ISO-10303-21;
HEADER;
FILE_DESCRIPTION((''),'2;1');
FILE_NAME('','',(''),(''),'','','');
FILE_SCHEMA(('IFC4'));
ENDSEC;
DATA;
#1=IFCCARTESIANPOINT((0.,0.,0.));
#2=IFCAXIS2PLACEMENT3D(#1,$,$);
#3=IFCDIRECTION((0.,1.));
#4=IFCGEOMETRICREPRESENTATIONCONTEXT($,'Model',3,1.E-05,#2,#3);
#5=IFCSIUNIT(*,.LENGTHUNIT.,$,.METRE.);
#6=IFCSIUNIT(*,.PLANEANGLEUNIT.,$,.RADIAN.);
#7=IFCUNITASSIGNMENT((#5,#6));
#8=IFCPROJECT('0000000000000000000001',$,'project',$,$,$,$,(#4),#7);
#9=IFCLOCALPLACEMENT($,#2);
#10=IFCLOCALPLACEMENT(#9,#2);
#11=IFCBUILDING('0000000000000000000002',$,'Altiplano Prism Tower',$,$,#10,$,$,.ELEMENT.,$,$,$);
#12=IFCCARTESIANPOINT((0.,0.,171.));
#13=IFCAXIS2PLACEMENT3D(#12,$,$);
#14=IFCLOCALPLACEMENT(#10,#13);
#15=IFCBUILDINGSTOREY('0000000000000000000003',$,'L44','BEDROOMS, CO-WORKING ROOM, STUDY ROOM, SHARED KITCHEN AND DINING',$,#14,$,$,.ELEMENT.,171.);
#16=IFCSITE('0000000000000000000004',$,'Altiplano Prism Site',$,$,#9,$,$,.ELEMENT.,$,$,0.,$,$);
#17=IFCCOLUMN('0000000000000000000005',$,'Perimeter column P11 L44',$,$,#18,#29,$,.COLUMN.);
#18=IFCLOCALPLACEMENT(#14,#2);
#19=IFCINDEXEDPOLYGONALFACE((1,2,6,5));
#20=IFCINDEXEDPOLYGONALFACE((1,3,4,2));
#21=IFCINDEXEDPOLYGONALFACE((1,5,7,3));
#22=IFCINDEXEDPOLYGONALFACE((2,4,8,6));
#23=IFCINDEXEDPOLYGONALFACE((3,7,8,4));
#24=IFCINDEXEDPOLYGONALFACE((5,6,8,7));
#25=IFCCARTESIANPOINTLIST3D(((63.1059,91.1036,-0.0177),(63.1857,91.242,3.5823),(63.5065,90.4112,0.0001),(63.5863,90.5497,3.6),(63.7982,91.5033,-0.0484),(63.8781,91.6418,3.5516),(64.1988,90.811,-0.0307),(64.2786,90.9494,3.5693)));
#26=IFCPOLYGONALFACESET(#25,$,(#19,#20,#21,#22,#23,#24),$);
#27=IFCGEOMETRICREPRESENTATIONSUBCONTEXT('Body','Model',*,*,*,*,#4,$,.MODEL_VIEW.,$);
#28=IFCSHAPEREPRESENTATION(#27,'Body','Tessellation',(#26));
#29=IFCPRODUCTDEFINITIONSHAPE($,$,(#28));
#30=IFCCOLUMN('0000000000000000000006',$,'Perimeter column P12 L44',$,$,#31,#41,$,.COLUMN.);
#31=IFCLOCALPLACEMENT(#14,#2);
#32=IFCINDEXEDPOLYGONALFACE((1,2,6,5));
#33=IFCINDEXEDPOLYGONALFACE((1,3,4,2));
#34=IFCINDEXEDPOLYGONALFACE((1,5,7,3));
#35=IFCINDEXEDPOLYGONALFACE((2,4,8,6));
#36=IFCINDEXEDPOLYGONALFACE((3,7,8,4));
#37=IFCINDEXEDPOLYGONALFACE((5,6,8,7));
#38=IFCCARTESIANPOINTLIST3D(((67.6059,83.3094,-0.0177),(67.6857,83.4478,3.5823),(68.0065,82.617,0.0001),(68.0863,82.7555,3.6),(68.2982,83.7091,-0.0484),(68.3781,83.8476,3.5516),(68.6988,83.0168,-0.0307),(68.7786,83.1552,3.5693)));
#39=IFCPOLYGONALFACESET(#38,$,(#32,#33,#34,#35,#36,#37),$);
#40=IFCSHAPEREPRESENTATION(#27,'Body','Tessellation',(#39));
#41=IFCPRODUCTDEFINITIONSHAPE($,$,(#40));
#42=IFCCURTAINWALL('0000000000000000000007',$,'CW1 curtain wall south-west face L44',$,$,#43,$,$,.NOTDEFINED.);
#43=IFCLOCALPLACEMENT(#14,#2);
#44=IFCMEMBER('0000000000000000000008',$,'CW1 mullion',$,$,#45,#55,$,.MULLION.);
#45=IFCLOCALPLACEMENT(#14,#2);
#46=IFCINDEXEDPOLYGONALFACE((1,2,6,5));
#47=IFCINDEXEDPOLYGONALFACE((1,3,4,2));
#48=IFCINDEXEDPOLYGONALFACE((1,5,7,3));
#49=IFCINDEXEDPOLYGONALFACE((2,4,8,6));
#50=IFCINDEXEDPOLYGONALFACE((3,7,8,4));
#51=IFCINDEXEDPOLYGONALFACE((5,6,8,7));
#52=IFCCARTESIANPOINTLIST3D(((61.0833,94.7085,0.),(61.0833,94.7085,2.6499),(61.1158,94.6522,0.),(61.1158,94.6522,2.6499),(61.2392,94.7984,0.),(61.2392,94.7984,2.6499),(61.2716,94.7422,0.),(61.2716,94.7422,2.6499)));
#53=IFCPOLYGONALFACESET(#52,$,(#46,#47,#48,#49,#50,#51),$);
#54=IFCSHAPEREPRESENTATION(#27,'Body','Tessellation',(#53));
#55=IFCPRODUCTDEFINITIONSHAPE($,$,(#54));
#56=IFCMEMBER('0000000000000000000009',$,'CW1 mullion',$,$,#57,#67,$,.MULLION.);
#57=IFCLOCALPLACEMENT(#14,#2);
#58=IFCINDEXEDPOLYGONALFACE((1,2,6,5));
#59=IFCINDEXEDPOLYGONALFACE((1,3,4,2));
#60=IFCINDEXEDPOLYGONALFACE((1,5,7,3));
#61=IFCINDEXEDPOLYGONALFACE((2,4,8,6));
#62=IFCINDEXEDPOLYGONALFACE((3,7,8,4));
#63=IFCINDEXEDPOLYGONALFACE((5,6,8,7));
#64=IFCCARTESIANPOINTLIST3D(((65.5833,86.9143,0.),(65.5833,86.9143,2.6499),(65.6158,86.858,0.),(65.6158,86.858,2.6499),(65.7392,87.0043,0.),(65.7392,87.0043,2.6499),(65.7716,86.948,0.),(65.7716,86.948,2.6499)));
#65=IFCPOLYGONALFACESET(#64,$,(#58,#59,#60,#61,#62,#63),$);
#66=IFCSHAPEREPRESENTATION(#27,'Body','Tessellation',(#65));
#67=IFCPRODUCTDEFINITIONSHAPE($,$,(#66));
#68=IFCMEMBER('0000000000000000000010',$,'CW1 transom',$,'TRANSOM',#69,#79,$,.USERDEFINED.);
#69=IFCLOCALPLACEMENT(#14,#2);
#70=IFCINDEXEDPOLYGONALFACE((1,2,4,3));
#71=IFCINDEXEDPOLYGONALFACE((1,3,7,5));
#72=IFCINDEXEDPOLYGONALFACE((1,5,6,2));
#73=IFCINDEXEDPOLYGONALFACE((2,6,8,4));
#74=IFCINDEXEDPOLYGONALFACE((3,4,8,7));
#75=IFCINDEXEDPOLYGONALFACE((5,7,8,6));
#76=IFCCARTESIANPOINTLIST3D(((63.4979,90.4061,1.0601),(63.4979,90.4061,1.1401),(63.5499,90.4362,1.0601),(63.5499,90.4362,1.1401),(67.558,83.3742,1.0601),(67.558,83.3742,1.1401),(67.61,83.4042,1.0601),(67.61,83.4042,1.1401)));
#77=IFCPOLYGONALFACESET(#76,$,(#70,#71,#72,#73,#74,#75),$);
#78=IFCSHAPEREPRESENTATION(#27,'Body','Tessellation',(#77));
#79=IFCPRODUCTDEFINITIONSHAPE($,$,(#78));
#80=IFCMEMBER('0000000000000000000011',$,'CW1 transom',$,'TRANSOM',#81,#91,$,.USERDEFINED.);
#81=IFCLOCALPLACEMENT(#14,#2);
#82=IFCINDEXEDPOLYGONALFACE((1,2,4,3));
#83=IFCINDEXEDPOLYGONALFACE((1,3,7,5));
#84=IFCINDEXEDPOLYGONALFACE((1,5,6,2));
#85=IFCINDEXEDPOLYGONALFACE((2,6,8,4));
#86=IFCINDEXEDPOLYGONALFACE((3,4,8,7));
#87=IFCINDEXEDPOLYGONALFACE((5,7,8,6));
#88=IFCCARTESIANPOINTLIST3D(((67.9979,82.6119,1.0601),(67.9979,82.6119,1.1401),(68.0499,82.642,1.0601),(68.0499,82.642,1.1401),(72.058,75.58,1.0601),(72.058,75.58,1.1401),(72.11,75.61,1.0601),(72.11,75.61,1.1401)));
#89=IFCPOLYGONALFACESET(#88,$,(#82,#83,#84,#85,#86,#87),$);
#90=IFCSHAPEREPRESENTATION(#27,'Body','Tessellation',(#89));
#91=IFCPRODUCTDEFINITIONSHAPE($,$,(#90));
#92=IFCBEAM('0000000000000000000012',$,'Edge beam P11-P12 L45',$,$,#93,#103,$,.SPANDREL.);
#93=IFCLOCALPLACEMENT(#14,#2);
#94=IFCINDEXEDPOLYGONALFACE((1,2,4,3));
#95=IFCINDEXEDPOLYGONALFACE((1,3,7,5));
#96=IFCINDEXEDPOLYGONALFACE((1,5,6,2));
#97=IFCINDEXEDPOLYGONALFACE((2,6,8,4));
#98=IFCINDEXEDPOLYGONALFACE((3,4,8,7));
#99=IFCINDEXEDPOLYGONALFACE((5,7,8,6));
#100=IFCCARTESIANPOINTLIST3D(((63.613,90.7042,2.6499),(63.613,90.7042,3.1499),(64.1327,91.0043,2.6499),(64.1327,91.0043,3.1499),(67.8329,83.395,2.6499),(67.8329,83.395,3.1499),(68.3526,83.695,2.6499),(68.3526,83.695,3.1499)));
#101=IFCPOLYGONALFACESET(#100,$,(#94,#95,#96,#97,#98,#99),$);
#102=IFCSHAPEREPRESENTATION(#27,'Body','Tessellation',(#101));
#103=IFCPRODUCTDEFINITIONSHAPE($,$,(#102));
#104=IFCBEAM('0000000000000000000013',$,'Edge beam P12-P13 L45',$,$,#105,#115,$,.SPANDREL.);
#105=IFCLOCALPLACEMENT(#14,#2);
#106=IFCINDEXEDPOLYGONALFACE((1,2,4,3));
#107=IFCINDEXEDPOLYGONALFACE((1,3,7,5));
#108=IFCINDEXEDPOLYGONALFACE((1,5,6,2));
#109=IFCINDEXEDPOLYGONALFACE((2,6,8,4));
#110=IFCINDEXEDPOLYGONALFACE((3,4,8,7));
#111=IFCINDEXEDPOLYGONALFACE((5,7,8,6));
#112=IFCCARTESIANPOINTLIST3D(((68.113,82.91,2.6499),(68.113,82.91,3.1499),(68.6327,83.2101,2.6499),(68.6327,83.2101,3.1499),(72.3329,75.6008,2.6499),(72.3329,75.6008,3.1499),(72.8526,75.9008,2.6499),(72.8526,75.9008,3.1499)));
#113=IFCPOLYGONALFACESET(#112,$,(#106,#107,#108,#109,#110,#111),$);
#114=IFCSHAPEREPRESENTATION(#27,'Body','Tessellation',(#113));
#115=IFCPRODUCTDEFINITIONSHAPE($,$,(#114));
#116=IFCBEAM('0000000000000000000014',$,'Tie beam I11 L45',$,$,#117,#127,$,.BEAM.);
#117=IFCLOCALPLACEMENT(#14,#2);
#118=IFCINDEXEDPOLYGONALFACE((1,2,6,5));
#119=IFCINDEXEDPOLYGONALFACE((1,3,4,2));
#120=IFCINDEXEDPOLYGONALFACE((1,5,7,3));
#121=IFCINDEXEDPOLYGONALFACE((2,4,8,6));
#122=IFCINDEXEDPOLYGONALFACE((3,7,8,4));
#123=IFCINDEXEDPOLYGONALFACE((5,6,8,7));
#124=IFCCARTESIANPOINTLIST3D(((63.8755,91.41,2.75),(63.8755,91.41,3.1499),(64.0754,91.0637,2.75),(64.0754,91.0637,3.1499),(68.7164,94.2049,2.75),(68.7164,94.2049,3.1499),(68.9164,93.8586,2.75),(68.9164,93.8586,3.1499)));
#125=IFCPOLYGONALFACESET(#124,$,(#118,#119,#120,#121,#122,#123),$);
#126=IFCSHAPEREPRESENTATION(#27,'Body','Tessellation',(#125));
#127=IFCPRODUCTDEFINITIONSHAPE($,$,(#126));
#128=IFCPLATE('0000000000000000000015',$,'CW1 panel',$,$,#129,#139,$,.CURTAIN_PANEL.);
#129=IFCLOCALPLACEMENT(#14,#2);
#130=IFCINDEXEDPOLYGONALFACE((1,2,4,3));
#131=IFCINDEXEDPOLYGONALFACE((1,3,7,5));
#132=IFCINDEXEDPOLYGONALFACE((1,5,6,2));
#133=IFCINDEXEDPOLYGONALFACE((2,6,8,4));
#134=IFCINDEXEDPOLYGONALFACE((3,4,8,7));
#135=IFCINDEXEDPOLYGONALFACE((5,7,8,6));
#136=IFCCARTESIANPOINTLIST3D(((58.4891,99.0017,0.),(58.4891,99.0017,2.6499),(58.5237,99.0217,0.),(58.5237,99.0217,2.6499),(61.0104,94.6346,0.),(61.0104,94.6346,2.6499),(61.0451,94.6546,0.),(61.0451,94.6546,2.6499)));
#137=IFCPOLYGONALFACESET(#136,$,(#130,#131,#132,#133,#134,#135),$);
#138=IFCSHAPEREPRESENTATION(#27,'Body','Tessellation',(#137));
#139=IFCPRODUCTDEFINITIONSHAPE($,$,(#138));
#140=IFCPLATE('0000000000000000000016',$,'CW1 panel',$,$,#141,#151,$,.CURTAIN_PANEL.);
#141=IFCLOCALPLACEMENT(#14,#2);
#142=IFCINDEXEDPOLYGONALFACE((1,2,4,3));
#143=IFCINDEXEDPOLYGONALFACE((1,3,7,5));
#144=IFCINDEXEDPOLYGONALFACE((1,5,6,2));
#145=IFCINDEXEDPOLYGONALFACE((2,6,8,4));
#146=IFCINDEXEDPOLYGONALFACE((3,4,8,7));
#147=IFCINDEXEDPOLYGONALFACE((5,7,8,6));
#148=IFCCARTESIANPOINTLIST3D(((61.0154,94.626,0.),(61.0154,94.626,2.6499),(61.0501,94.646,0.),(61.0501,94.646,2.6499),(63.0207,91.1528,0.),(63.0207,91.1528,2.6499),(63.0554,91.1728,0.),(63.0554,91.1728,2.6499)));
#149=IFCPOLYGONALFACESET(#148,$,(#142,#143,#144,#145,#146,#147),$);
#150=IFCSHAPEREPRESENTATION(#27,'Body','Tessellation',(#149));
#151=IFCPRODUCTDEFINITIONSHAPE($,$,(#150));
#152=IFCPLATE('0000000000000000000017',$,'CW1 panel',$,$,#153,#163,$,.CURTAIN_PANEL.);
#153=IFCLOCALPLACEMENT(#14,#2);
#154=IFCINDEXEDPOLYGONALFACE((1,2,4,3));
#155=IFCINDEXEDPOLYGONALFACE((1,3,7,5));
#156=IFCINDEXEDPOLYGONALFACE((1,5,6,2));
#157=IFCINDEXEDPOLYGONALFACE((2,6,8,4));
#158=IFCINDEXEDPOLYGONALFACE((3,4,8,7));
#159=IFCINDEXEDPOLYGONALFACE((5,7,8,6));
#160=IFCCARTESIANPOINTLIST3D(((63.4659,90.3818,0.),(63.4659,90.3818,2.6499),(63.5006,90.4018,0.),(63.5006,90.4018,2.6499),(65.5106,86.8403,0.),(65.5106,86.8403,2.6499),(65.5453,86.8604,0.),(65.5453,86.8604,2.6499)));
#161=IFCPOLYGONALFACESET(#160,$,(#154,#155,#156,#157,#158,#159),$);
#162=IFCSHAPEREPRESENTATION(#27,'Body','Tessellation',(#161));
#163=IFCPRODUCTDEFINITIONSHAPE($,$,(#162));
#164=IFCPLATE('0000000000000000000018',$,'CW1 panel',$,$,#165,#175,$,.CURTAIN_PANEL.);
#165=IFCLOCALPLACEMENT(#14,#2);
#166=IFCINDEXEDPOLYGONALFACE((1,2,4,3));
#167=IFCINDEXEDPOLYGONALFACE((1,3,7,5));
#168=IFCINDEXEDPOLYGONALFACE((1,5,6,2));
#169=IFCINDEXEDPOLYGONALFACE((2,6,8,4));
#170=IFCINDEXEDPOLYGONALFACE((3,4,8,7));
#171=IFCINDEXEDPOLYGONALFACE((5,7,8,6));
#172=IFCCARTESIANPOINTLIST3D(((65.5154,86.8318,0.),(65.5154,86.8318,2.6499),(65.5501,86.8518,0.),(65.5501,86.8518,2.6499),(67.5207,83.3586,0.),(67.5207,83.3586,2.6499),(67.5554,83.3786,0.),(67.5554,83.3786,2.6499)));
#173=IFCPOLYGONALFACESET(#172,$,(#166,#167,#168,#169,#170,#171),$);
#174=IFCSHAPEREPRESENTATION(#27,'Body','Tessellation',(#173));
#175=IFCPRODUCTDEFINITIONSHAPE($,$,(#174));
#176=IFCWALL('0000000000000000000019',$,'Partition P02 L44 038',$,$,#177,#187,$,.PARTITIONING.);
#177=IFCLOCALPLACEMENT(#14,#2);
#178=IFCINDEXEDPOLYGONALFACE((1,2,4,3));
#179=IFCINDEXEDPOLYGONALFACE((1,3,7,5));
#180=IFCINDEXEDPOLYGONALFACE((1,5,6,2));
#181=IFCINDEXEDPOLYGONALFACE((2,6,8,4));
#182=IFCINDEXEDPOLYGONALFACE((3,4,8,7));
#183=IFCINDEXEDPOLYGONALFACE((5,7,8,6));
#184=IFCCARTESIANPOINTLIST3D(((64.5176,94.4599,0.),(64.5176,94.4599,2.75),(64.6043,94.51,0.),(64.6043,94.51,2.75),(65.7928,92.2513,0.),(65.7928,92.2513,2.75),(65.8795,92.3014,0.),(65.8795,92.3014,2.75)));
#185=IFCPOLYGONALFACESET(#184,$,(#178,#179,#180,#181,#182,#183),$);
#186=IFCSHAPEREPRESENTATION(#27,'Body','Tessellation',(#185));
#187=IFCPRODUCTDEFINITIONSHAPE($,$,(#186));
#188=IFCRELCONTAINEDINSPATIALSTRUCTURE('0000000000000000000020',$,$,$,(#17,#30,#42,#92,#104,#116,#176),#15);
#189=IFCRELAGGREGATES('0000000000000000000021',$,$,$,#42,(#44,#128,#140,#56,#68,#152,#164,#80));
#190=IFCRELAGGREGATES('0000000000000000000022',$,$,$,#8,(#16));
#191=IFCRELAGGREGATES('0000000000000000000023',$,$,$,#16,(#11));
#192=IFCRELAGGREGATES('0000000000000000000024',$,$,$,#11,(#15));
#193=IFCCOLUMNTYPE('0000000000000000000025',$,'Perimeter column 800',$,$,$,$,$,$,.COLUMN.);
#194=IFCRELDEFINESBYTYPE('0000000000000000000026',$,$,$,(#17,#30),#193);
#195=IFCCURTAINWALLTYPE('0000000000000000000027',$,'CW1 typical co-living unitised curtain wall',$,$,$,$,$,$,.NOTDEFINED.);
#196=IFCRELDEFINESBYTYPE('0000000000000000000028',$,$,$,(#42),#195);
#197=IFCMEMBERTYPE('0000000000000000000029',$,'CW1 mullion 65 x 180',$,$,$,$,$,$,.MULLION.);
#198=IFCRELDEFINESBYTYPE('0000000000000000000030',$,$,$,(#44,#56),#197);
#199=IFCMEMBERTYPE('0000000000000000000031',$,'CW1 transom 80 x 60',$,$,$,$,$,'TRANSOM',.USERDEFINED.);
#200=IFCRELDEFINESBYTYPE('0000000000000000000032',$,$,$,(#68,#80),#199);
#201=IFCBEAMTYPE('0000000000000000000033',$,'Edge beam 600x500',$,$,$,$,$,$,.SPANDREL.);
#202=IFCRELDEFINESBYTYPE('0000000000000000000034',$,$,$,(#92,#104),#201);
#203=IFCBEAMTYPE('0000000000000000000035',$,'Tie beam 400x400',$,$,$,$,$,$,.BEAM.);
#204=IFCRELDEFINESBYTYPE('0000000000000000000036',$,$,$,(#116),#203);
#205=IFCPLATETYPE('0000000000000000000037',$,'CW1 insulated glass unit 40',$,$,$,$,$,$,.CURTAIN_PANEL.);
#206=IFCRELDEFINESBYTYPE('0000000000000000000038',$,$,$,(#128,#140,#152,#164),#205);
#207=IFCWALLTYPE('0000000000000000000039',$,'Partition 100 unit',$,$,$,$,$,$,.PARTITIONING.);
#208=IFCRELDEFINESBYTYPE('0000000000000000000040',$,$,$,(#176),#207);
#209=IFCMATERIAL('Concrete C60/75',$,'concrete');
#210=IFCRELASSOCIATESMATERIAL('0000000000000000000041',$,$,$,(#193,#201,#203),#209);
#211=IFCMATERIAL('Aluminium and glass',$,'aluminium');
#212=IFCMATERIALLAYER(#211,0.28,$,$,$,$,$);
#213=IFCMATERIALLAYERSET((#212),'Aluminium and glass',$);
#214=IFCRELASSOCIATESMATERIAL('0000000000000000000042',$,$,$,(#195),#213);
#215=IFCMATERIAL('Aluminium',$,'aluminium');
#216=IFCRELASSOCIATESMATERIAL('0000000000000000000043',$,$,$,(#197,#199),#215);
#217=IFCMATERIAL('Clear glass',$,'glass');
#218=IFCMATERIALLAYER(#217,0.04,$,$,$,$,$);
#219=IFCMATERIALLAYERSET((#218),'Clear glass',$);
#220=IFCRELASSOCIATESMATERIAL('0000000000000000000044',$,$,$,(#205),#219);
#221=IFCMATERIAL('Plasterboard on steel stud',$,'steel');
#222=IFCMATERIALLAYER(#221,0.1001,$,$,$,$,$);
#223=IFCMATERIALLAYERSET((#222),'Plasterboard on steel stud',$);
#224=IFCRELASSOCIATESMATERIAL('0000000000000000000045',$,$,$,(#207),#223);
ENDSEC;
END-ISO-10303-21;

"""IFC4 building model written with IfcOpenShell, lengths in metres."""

from ifc_helpers import new_model, si_unit, direction, frame, frame_2d, origin, origin_2d, place, context, subcontext, project, spatial, rectangle, extrude, material, layer, layer_set, material_profile, profile_set, type_object, element, aggregate, save


model = new_model("IFC4")

# Units and contexts
model_context = context("Model", 3, precision=1e-05, world=origin(), true_north=direction((0.0, 1.0)))
body_context = subcontext(model_context, "Body", "Model", "MODEL_VIEW")
ifc_project = project(units=[si_unit("LENGTHUNIT", "METRE"), si_unit("PLANEANGLEUNIT", "RADIAN")], contexts=[model_context])

# Site, building, storey
site_placement = place(None, origin())
site = spatial("IfcSite", under=ifc_project, at=site_placement, Name="Altiplano Prism Site", CompositionType="ELEMENT", RefElevation=0.0)
building_placement = place(site_placement, origin())
building = spatial("IfcBuilding", under=site, at=building_placement, Name="Altiplano Prism Tower", CompositionType="ELEMENT")
storey_placement = place(building_placement, frame((0.0, 0.0, 171.0)))
storey = spatial("IfcBuildingStorey", under=building, at=storey_placement, Name="L44", Description="BEDROOMS, CO-WORKING ROOM, STUDY ROOM, SHARED KITCHEN AND DINING", CompositionType="ELEMENT", Elevation=171.0)

# Columns
ifc_material_1 = material(Name="Concrete C60/75", Category="concrete")
ifc_material_profile_1 = material_profile(ifc_material_1, rectangle(XDim=0.8, YDim=0.8, at=origin_2d()), Name="Perimeter column 800")
ifc_profile_set_1 = profile_set([ifc_material_profile_1], Name="Concrete C60/75")
column_type = type_object("IfcColumnType", Name="Perimeter column 800", PredefinedType="COLUMN", material=ifc_profile_set_1)
for number, where, z_axis, x_axis, name in (
    (1, (63.6523, 90.9573, -0.0242), (0.022155, 0.038416, 0.999016), (-0.865362, -0.499674, 0.038405), "Perimeter column P11 L44"),
    (2, (68.1523, 83.1631, -0.0242), (0.022155, 0.038416, 0.999016), (-0.865362, -0.499674, 0.038405), "Perimeter column P12 L44"),
):
    element("IfcColumn", number, at=place(storey_placement, frame(where, z_axis=z_axis, x_axis=x_axis)), inside=storey, type_object=column_type, Name=name, PredefinedType="COLUMN", context=body_context, shape_type="SweptSolid", body=[
        extrude(rectangle(XDim=0.8, YDim=0.8, at=origin_2d()), origin(), (0.0, 0.0, 1.0), 3.6035),
    ])

# Curtain wall, members
ifc_material_2 = material(Name="Aluminium and glass", Category="aluminium")
ifc_layer_1 = layer(ifc_material_2, 0.28)
ifc_layer_set_1 = layer_set([ifc_layer_1], Name="Aluminium and glass")
curtain_wall_type = type_object("IfcCurtainWallType", Name="CW1 typical co-living unitised curtain wall", PredefinedType="NOTDEFINED", material=ifc_layer_set_1)
curtain_wall_placement = place(storey_placement, origin())
curtain_wall = element("IfcCurtainWall", 3, at=curtain_wall_placement, inside=storey, type_object=curtain_wall_type, Name="CW1 curtain wall south-west face L44", PredefinedType="NOTDEFINED")
ifc_material_3 = material(Name="Aluminium", Category="aluminium")
ifc_material_profile_2 = material_profile(ifc_material_3, rectangle(XDim=0.1799, YDim=0.0649, at=origin_2d()), Name="CW1 mullion 65 x 180")
ifc_profile_set_2 = profile_set([ifc_material_profile_2], Name="Aluminium")
member_type_1 = type_object("IfcMemberType", Name="CW1 mullion 65 x 180", PredefinedType="MULLION", material=ifc_profile_set_2)
member_1_placement = place(storey_placement, frame((61.1775, 94.7253, 0.0), z_axis=(0.0, 0.0, 1.0), x_axis=(0.866025, 0.5, 0.0)))
member_1 = element("IfcMember", 4, at=member_1_placement, type_object=member_type_1, Name="CW1 mullion", PredefinedType="MULLION", context=body_context, shape_type="SweptSolid", body=[
    extrude(rectangle(XDim=0.1799, YDim=0.0649, at=origin_2d()), origin(), (0.0, 0.0, 1.0), 2.6499),
])
member_2_placement = place(storey_placement, frame((65.6775, 86.9312, 0.0), z_axis=(0.0, 0.0, 1.0), x_axis=(0.866025, 0.5, 0.0)))
member_2 = element("IfcMember", 5, at=member_2_placement, type_object=member_type_1, Name="CW1 mullion", PredefinedType="MULLION", context=body_context, shape_type="SweptSolid", body=[
    extrude(rectangle(XDim=0.1799, YDim=0.0649, at=origin_2d()), origin(), (0.0, 0.0, 1.0), 2.6499),
])
ifc_material_profile_3 = material_profile(ifc_material_3, rectangle(XDim=0.0601, YDim=0.0801, at=origin_2d()), Name="CW1 transom 80 x 60")
ifc_profile_set_3 = profile_set([ifc_material_profile_3], Name="Aluminium")
member_type_2 = type_object("IfcMemberType", Name="CW1 transom 80 x 60", ElementType="TRANSOM", PredefinedType="USERDEFINED", material=ifc_profile_set_3)
member_3_placement = place(storey_placement, frame((63.5239, 90.4211, 1.1001), z_axis=(0.500013, -0.866018, 0.0), x_axis=(0.866018, 0.500013, 0.0)))
member_3 = element("IfcMember", 6, at=member_3_placement, type_object=member_type_2, Name="CW1 transom", ObjectType="TRANSOM", PredefinedType="USERDEFINED", context=body_context, shape_type="SweptSolid", body=[
    extrude(rectangle(XDim=0.0601, YDim=0.0801, at=origin_2d()), origin(), (0.0, 0.0, 1.0), 8.1199),
])
member_4_placement = place(storey_placement, frame((68.0239, 82.627, 1.1001), z_axis=(0.500013, -0.866018, 0.0), x_axis=(0.866018, 0.500013, 0.0)))
member_4 = element("IfcMember", 7, at=member_4_placement, type_object=member_type_2, Name="CW1 transom", ObjectType="TRANSOM", PredefinedType="USERDEFINED", context=body_context, shape_type="SweptSolid", body=[
    extrude(rectangle(XDim=0.0601, YDim=0.0801, at=origin_2d()), origin(), (0.0, 0.0, 1.0), 8.1199),
])

# Beams
ifc_material_profile_4 = material_profile(ifc_material_1, rectangle(XDim=0.6001, YDim=0.5, at=origin_2d()), Name="Edge beam 600x500")
ifc_profile_set_4 = profile_set([ifc_material_profile_4], Name="Concrete C60/75")
beam_type_1 = type_object("IfcBeamType", Name="Edge beam 600x500", PredefinedType="SPANDREL", material=ifc_profile_set_4)
for number, where, z_axis, x_axis, name in (
    (8, (63.8728, 90.8542, 2.8999), (0.499994, -0.866029, 0.0), (0.866029, 0.499994, 0.0), "Edge beam P11-P12 L45"),
    (9, (68.3728, 83.0601, 2.8999), (0.499994, -0.866029, 0.0), (0.866029, 0.499994, 0.0), "Edge beam P12-P13 L45"),
):
    element("IfcBeam", number, at=place(storey_placement, frame(where, z_axis=z_axis, x_axis=x_axis)), inside=storey, type_object=beam_type_1, Name=name, PredefinedType="SPANDREL", context=body_context, shape_type="SweptSolid", body=[
        extrude(rectangle(XDim=0.6001, YDim=0.5, at=origin_2d()), origin(), (0.0, 0.0, 1.0), 8.4399),
    ])
ifc_material_profile_5 = material_profile(ifc_material_1, rectangle(XDim=0.3999, YDim=0.3999, at=origin_2d()), Name="Tie beam 400x400")
ifc_profile_set_5 = profile_set([ifc_material_profile_5], Name="Concrete C60/75")
beam_type_2 = type_object("IfcBeamType", Name="Tie beam 400x400", PredefinedType="BEAM", material=ifc_profile_set_5)
beam_placement = place(storey_placement, frame((68.8164, 94.0317, 2.95), z_axis=(-0.866031, -0.499991, 0.0), x_axis=(0.499991, -0.866031, 0.0)))
element("IfcBeam", 10, at=beam_placement, inside=storey, type_object=beam_type_2, Name="Tie beam I11 L45", PredefinedType="BEAM", context=body_context, shape_type="SweptSolid", body=[
    extrude(rectangle(XDim=0.3999, YDim=0.3999, at=origin_2d()), origin(), (0.0, 0.0, 1.0), 5.5898),
])

# Plates
ifc_material_4 = material(Name="Clear glass", Category="glass")
ifc_layer_2 = layer(ifc_material_4, 0.04)
ifc_layer_set_2 = layer_set([ifc_layer_2], Name="Clear glass")
plate_type = type_object("IfcPlateType", Name="CW1 insulated glass unit 40", PredefinedType="CURTAIN_PANEL", material=ifc_layer_set_2)
plate_1_placement = place(storey_placement, frame((59.7671, 96.8281, 0.0), z_axis=(0.0, 0.0, 1.0), x_axis=(0.5, -0.866025, 0.0)))
plate_1 = element("IfcPlate", 11, at=plate_1_placement, type_object=plate_type, Name="CW1 panel", PredefinedType="CURTAIN_PANEL", context=body_context, shape_type="SweptSolid", body=[
    extrude(rectangle(XDim=5.0427, YDim=0.04, at=origin_2d()), origin(), (0.0, 0.0, 1.0), 2.6499),
])
plate_2_placement = place(storey_placement, frame((62.0354, 92.8994, 0.0), z_axis=(0.0, 0.0, 1.0), x_axis=(0.5, -0.866025, 0.0)))
plate_2 = element("IfcPlate", 12, at=plate_2_placement, type_object=plate_type, Name="CW1 panel", PredefinedType="CURTAIN_PANEL", context=body_context, shape_type="SweptSolid", body=[
    extrude(rectangle(XDim=4.0105, YDim=0.04, at=origin_2d()), origin(), (0.0, 0.0, 1.0), 2.6499),
])
plate_3_placement = place(storey_placement, frame((64.5056, 88.6211, 0.0), z_axis=(0.0, 0.0, 1.0), x_axis=(0.5, -0.866025, 0.0)))
plate_3 = element("IfcPlate", 13, at=plate_3_placement, type_object=plate_type, Name="CW1 panel", PredefinedType="CURTAIN_PANEL", context=body_context, shape_type="SweptSolid", body=[
    extrude(rectangle(XDim=4.0894, YDim=0.04, at=origin_2d()), origin(), (0.0, 0.0, 1.0), 2.6499),
])
plate_4_placement = place(storey_placement, frame((66.5354, 85.1052, 0.0), z_axis=(0.0, 0.0, 1.0), x_axis=(0.5, -0.866025, 0.0)))
plate_4 = element("IfcPlate", 14, at=plate_4_placement, type_object=plate_type, Name="CW1 panel", PredefinedType="CURTAIN_PANEL", context=body_context, shape_type="SweptSolid", body=[
    extrude(rectangle(XDim=4.0105, YDim=0.04, at=origin_2d()), origin(), (0.0, 0.0, 1.0), 2.6499),
])
aggregate(curtain_wall, [member_1, plate_1, plate_2, member_2, member_3, plate_3, plate_4, member_4])

# Wall
ifc_material_5 = material(Name="Plasterboard on steel stud", Category="steel")
ifc_layer_3 = layer(ifc_material_5, 0.1001)
ifc_layer_set_3 = layer_set([ifc_layer_3], Name="Plasterboard on steel stud")
wall_type_1 = type_object("IfcWallType", Name="Partition 100 unit", PredefinedType="PARTITIONING", material=ifc_layer_set_3)
wall_1_placement = place(storey_placement, frame((65.8362, 92.2764, 0.0), z_axis=(0.0, 0.0, 1.0), x_axis=(-0.500021, 0.866013, 0.0)))
element("IfcWall", 15, at=wall_1_placement, inside=storey, type_object=wall_type_1, Name="Partition P02 L44 038", PredefinedType="PARTITIONING", context=body_context, shape_type="SweptSolid", body=[
    extrude(rectangle(XDim=2.5503, YDim=0.1001, at=frame_2d((1.2751, 0.0))), origin(), (0.0, 0.0, 1.0), 2.75),
])

save(model, "model.ifc")
